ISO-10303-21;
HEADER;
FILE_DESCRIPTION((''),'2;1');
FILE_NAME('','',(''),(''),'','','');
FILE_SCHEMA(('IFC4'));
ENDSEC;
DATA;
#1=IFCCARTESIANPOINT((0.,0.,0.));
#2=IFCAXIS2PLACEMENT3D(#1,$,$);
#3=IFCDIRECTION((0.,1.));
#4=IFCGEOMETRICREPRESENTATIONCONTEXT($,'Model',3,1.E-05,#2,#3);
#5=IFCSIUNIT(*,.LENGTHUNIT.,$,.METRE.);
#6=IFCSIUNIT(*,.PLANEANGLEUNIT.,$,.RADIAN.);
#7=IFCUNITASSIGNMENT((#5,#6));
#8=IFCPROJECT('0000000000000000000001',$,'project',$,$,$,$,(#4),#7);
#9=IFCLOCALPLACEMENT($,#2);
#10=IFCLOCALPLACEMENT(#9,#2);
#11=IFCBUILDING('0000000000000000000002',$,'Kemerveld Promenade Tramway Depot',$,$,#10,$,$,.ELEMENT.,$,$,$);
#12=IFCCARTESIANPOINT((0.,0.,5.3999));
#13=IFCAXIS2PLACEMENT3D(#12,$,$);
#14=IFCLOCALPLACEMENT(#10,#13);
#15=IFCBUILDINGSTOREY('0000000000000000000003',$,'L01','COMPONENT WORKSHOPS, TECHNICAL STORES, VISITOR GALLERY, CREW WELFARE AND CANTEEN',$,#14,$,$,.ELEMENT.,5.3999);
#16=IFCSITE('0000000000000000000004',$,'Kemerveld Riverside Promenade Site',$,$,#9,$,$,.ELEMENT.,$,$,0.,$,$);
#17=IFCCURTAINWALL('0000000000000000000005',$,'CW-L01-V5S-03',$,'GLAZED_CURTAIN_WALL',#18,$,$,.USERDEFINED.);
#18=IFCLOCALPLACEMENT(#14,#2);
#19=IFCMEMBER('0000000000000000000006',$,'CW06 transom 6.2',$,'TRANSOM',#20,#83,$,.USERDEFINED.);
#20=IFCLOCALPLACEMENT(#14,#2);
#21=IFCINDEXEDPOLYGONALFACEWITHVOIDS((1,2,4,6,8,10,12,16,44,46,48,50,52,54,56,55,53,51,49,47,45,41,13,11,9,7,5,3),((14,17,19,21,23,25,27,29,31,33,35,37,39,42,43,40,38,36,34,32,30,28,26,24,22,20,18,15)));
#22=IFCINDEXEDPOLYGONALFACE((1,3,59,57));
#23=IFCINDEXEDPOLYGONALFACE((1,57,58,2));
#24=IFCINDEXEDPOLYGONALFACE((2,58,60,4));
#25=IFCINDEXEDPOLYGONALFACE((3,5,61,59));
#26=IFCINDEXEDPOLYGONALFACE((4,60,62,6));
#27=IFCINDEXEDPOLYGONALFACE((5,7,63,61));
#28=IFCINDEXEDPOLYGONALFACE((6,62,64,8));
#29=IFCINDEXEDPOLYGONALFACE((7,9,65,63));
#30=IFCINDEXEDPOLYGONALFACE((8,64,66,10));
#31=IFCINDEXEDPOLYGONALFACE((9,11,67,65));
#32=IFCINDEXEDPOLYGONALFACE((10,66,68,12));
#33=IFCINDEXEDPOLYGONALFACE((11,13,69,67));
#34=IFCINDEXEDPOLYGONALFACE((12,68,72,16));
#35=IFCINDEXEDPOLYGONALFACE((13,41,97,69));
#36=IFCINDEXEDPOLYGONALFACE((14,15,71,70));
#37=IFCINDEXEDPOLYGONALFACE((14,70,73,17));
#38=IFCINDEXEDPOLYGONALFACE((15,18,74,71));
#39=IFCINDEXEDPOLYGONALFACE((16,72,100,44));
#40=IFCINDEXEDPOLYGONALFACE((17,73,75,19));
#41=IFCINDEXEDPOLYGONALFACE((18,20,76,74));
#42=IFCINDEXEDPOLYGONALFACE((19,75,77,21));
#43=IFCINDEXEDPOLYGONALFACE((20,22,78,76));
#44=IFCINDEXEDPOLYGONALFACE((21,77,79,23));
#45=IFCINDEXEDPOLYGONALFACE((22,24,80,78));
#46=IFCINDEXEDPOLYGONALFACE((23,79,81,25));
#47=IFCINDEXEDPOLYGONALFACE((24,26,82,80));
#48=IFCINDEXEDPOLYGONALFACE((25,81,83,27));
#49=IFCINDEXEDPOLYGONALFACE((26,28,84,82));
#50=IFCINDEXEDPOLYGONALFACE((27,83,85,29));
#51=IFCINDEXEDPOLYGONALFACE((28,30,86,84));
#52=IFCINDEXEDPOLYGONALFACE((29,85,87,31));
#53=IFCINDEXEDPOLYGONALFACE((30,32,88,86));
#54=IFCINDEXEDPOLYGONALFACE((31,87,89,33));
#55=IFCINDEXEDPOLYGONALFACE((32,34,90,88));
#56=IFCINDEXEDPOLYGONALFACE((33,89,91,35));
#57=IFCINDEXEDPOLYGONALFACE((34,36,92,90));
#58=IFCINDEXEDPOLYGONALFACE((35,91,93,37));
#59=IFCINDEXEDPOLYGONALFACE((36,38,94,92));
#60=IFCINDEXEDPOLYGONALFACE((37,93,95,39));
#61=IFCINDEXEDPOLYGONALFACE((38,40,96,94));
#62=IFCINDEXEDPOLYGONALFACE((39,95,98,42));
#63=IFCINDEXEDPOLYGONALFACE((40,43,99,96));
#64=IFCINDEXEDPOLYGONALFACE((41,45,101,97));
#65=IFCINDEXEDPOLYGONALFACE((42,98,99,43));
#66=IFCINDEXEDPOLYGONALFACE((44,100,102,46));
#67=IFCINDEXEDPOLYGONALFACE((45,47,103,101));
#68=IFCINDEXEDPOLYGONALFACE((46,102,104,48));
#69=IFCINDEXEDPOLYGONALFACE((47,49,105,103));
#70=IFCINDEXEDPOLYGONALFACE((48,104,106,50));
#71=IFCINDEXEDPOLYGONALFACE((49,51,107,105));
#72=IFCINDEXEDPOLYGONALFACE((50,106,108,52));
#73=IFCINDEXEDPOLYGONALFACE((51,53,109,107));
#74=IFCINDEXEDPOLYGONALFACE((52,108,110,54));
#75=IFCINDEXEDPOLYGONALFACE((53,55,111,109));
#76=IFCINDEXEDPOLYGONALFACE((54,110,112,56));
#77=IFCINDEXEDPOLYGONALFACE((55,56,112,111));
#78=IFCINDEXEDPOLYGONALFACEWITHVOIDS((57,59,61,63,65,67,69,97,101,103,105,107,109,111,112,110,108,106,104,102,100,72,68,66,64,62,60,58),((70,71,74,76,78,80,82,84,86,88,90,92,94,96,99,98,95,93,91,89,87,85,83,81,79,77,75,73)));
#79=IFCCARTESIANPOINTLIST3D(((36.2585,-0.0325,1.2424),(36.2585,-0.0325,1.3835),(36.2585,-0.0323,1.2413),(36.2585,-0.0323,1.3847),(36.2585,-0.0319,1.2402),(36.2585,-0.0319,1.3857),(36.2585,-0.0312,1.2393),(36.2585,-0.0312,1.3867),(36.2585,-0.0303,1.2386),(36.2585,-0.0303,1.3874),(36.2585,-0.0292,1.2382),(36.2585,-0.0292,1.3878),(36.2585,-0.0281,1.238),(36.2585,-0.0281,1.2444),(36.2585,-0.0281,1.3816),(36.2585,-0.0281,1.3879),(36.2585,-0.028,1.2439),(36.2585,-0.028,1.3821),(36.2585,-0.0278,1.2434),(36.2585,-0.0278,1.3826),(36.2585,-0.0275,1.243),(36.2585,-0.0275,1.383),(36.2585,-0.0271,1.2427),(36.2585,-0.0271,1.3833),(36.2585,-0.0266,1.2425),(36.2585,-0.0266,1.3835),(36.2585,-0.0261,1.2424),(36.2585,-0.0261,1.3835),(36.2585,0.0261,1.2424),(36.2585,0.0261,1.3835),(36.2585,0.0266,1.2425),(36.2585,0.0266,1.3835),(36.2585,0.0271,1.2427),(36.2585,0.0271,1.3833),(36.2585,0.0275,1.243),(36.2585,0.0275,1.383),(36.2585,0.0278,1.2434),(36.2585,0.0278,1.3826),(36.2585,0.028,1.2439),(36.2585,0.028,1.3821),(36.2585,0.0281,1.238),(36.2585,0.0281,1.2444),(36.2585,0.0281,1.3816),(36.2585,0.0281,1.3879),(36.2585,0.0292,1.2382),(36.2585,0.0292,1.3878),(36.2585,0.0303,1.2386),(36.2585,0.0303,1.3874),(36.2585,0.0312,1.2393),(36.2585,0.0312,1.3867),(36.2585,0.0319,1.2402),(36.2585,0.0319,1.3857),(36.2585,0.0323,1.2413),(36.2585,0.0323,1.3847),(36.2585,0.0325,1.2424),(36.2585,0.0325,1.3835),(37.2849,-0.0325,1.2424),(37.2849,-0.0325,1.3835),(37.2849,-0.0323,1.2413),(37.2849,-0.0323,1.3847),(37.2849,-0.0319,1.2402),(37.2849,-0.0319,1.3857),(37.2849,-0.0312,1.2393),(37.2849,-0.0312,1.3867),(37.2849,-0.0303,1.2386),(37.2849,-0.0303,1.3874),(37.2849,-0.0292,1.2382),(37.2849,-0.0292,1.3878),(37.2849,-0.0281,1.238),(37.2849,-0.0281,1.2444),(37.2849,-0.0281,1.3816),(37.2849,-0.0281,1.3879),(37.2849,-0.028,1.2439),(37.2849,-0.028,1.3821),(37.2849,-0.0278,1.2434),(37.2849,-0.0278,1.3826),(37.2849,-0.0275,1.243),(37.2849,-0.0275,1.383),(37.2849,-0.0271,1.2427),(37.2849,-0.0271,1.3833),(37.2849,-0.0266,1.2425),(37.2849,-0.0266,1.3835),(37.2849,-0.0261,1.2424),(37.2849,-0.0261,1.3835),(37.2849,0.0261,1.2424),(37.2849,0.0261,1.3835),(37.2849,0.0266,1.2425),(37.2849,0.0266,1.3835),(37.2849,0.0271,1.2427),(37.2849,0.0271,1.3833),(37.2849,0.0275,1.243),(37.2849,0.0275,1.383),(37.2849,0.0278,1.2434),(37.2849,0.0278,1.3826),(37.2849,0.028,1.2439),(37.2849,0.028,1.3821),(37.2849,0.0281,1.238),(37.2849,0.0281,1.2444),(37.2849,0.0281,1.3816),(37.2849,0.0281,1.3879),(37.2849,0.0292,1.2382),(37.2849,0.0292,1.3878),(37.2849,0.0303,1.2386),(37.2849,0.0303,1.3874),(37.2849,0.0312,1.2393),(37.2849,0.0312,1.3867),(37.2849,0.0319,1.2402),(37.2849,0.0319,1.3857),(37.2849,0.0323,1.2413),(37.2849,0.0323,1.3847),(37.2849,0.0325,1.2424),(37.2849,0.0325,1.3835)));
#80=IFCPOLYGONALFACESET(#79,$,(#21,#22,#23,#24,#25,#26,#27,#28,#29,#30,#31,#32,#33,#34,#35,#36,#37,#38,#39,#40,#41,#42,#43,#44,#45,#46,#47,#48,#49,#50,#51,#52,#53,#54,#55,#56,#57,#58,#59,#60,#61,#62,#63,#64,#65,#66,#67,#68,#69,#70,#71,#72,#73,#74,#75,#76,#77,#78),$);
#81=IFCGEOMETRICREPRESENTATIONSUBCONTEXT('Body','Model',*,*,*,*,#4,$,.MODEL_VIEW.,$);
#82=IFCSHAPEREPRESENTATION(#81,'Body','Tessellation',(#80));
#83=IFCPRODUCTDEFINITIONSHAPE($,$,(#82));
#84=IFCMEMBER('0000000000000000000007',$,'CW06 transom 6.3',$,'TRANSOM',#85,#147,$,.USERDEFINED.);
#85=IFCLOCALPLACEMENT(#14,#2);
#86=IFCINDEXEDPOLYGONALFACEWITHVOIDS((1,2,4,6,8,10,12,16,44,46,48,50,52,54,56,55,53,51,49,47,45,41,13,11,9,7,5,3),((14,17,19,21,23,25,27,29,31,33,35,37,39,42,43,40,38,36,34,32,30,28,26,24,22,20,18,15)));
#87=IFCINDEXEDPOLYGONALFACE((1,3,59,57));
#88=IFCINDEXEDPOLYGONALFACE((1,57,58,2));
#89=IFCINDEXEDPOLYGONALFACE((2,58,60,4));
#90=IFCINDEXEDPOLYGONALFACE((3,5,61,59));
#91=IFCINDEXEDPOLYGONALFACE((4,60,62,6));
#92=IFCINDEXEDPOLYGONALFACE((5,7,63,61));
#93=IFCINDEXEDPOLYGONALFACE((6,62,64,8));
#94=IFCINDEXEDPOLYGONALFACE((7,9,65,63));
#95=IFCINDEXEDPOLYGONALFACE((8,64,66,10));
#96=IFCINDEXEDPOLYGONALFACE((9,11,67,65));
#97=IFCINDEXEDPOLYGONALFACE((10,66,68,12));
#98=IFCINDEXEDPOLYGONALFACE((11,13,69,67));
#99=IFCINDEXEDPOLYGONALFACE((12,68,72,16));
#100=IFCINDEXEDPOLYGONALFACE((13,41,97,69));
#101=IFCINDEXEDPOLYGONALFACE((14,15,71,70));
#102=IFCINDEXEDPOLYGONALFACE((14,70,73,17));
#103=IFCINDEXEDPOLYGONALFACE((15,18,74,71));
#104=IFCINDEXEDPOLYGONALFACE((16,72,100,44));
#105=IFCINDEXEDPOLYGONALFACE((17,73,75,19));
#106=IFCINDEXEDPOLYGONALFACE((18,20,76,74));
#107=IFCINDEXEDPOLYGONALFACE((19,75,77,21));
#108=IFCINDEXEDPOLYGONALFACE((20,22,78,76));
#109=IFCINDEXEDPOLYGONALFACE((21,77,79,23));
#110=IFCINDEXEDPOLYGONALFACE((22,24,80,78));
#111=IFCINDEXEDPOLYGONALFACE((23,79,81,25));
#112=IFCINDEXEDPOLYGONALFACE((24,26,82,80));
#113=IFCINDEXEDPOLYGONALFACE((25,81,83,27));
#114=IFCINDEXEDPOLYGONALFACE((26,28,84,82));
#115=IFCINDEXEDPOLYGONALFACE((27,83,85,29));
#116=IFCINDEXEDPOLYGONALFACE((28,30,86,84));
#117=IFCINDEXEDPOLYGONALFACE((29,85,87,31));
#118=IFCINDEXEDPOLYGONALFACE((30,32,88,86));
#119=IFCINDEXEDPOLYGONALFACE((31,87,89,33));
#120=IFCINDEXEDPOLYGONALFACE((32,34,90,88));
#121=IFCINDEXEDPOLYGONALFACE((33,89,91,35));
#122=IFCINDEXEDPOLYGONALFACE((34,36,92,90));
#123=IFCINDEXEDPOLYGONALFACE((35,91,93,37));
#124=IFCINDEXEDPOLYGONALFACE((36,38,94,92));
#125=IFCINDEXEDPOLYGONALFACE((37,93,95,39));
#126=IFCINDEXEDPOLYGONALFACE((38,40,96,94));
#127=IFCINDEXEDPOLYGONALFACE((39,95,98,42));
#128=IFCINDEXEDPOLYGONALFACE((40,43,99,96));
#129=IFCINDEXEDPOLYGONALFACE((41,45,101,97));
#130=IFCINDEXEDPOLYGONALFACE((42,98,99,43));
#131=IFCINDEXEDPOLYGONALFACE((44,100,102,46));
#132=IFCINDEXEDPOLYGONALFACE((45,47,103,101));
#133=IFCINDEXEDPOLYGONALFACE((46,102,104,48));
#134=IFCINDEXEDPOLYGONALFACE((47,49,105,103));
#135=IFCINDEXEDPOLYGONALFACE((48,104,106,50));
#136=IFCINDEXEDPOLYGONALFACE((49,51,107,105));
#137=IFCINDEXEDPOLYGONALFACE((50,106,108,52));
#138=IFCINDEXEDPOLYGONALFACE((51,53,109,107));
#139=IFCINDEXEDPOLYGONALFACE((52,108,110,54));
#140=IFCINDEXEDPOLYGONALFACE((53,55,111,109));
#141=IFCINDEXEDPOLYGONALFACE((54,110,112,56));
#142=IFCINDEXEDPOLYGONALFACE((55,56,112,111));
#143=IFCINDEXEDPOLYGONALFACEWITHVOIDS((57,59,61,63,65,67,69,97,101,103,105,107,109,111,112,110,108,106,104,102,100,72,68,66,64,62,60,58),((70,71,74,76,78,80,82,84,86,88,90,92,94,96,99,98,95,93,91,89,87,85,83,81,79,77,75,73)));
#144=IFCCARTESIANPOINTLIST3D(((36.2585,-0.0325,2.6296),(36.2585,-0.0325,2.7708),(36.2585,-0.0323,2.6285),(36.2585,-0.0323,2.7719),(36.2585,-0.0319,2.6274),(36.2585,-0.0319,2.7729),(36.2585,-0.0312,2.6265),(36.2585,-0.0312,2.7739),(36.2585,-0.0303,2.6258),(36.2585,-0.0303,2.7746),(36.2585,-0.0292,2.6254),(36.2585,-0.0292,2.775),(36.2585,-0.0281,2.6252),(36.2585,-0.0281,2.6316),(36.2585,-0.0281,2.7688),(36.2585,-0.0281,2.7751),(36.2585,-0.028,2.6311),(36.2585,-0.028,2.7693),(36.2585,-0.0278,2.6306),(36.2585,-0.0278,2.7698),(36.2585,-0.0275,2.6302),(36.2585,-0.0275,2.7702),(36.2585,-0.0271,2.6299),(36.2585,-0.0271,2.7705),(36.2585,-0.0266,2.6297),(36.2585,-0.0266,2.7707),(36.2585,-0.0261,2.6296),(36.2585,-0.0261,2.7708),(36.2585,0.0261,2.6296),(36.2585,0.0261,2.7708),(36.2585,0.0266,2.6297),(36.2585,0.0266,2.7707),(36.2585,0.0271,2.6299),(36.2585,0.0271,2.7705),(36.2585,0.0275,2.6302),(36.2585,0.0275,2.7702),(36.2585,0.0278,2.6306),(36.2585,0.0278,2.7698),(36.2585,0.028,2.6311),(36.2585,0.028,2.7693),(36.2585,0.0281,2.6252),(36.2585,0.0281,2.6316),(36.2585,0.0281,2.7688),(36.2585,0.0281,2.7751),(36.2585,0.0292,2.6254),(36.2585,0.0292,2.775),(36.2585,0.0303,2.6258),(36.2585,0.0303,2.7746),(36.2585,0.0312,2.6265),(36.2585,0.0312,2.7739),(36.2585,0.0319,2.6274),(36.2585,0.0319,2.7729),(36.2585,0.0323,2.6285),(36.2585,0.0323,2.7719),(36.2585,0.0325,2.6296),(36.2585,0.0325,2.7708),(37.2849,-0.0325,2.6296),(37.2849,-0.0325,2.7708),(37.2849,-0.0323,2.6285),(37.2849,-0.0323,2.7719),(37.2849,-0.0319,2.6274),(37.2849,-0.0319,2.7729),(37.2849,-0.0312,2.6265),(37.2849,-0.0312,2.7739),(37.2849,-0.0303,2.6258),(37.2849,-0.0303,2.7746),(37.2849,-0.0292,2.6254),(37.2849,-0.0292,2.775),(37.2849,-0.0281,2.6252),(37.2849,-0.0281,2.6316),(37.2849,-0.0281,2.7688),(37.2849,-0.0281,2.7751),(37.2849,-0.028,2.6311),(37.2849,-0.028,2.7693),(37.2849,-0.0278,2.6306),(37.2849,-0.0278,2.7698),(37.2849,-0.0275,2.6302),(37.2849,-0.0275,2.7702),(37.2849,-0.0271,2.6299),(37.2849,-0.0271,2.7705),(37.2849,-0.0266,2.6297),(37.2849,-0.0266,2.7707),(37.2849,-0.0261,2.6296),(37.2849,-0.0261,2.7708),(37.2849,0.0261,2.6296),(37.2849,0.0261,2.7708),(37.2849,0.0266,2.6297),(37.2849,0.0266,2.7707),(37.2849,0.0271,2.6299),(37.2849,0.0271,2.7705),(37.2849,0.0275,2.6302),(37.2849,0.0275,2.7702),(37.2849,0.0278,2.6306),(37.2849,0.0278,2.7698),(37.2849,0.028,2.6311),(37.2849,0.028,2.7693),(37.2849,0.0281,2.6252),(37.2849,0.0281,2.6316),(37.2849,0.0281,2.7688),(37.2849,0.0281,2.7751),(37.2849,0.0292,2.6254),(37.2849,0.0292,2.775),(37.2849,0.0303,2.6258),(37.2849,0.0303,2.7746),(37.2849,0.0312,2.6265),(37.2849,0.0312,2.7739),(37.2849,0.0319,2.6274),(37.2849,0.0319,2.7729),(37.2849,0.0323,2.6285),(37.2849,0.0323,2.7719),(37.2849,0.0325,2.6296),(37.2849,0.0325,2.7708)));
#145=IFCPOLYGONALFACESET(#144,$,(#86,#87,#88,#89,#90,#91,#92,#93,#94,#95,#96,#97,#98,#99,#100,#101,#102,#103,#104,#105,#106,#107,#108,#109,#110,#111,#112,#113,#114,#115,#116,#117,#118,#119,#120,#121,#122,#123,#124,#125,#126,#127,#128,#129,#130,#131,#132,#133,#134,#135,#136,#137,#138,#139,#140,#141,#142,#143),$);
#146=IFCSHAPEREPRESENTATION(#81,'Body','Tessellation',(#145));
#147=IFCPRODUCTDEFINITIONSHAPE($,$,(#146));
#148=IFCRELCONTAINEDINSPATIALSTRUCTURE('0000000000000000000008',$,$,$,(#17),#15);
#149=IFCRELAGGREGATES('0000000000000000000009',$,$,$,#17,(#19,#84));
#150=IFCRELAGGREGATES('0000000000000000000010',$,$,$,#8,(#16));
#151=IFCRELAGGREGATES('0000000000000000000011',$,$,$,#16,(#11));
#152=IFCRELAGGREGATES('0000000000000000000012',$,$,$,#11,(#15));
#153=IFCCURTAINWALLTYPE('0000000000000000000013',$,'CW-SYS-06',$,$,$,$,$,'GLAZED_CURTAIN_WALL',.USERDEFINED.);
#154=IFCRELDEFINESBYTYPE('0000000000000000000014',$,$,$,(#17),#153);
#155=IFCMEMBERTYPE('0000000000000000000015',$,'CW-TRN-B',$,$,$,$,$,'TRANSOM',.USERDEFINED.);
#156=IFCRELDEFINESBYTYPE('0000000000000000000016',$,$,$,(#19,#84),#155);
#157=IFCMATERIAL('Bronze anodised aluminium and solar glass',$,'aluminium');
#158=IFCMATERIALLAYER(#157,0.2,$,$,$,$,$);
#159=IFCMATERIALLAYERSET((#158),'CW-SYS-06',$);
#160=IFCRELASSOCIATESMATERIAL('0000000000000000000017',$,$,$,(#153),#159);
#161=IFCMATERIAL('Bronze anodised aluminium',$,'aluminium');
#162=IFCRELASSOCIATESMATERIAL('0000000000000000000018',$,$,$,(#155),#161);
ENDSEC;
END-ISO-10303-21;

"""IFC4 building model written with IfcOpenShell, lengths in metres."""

from ifc_helpers import new_model, si_unit, direction, frame, origin, origin_2d, place, context, subcontext, project, spatial, hollow_rectangle, extrude, material, layer, layer_set, material_profile, profile_set, type_object, element, aggregate, save


model = new_model("IFC4")

# Units and contexts
model_context = context("Model", 3, precision=1e-05, world=origin(), true_north=direction((0.0, 1.0)))
body_context = subcontext(model_context, "Body", "Model", "MODEL_VIEW")
ifc_project = project(units=[si_unit("LENGTHUNIT", "METRE"), si_unit("PLANEANGLEUNIT", "RADIAN")], contexts=[model_context])

# Site, building, storey
site_placement = place(None, origin())
site = spatial("IfcSite", under=ifc_project, at=site_placement, Name="Kemerveld Riverside Promenade Site", CompositionType="ELEMENT", RefElevation=0.0)
building_placement = place(site_placement, origin())
building = spatial("IfcBuilding", under=site, at=building_placement, Name="Kemerveld Promenade Tramway Depot", CompositionType="ELEMENT")
storey_placement = place(building_placement, frame((0.0, 0.0, 5.3999)))
storey = spatial("IfcBuildingStorey", under=building, at=storey_placement, Name="L01", Description="COMPONENT WORKSHOPS, TECHNICAL STORES, VISITOR GALLERY, CREW WELFARE AND CANTEEN", CompositionType="ELEMENT", Elevation=5.3999)

# Curtain wall, members
ifc_material_1 = material(Name="Bronze anodised aluminium and solar glass", Category="aluminium")
ifc_layer_1 = layer(ifc_material_1, 0.2)
ifc_layer_set_1 = layer_set([ifc_layer_1], Name="CW-SYS-06")
curtain_wall_type = type_object("IfcCurtainWallType", Name="CW-SYS-06", ElementType="GLAZED_CURTAIN_WALL", PredefinedType="USERDEFINED", material=ifc_layer_set_1)
curtain_wall_placement = place(storey_placement, origin())
curtain_wall = element("IfcCurtainWall", 1, at=curtain_wall_placement, inside=storey, type_object=curtain_wall_type, Name="CW-L01-V5S-03", ObjectType="GLAZED_CURTAIN_WALL", PredefinedType="USERDEFINED")
ifc_material_2 = material(Name="Bronze anodised aluminium", Category="aluminium")
ifc_material_profile_1 = material_profile(ifc_material_2, hollow_rectangle(XDim=0.0649, YDim=0.1499, WallThickness=0.0044, InnerFilletRadius=0.002, OuterFilletRadius=0.0044, at=origin_2d()), Name="CW-TRN-150x65")
ifc_profile_set_1 = profile_set([ifc_material_profile_1], Name="Bronze anodised aluminium")
member_type_1 = type_object("IfcMemberType", Name="CW-TRN-B", ElementType="TRANSOM", PredefinedType="USERDEFINED", material=ifc_profile_set_1)
member_1_placement = place(storey_placement, frame((37.2849, 0.0, 1.313), z_axis=(-1.0, 0.0, 0.0), x_axis=(0.0, -1.0, 0.0)))
member_1 = element("IfcMember", 2, at=member_1_placement, type_object=member_type_1, Name="CW06 transom 6.2", ObjectType="TRANSOM", PredefinedType="USERDEFINED", context=body_context, shape_type="SweptSolid", body=[
    extrude(hollow_rectangle(XDim=0.0649, YDim=0.1499, WallThickness=0.0044, InnerFilletRadius=0.002, OuterFilletRadius=0.0044, at=origin_2d()), origin(), (0.0, 0.0, 1.0), 1.0264),
])
member_2_placement = place(storey_placement, frame((37.2849, 0.0, 2.7002), z_axis=(-1.0, 0.0, 0.0), x_axis=(0.0, -1.0, 0.0)))
member_2 = element("IfcMember", 3, at=member_2_placement, type_object=member_type_1, Name="CW06 transom 6.3", ObjectType="TRANSOM", PredefinedType="USERDEFINED", context=body_context, shape_type="SweptSolid", body=[
    extrude(hollow_rectangle(XDim=0.0649, YDim=0.1499, WallThickness=0.0044, InnerFilletRadius=0.002, OuterFilletRadius=0.0044, at=origin_2d()), origin(), (0.0, 0.0, 1.0), 1.0264),
])
aggregate(curtain_wall, [member_1, member_2])

save(model, "model.ifc")
